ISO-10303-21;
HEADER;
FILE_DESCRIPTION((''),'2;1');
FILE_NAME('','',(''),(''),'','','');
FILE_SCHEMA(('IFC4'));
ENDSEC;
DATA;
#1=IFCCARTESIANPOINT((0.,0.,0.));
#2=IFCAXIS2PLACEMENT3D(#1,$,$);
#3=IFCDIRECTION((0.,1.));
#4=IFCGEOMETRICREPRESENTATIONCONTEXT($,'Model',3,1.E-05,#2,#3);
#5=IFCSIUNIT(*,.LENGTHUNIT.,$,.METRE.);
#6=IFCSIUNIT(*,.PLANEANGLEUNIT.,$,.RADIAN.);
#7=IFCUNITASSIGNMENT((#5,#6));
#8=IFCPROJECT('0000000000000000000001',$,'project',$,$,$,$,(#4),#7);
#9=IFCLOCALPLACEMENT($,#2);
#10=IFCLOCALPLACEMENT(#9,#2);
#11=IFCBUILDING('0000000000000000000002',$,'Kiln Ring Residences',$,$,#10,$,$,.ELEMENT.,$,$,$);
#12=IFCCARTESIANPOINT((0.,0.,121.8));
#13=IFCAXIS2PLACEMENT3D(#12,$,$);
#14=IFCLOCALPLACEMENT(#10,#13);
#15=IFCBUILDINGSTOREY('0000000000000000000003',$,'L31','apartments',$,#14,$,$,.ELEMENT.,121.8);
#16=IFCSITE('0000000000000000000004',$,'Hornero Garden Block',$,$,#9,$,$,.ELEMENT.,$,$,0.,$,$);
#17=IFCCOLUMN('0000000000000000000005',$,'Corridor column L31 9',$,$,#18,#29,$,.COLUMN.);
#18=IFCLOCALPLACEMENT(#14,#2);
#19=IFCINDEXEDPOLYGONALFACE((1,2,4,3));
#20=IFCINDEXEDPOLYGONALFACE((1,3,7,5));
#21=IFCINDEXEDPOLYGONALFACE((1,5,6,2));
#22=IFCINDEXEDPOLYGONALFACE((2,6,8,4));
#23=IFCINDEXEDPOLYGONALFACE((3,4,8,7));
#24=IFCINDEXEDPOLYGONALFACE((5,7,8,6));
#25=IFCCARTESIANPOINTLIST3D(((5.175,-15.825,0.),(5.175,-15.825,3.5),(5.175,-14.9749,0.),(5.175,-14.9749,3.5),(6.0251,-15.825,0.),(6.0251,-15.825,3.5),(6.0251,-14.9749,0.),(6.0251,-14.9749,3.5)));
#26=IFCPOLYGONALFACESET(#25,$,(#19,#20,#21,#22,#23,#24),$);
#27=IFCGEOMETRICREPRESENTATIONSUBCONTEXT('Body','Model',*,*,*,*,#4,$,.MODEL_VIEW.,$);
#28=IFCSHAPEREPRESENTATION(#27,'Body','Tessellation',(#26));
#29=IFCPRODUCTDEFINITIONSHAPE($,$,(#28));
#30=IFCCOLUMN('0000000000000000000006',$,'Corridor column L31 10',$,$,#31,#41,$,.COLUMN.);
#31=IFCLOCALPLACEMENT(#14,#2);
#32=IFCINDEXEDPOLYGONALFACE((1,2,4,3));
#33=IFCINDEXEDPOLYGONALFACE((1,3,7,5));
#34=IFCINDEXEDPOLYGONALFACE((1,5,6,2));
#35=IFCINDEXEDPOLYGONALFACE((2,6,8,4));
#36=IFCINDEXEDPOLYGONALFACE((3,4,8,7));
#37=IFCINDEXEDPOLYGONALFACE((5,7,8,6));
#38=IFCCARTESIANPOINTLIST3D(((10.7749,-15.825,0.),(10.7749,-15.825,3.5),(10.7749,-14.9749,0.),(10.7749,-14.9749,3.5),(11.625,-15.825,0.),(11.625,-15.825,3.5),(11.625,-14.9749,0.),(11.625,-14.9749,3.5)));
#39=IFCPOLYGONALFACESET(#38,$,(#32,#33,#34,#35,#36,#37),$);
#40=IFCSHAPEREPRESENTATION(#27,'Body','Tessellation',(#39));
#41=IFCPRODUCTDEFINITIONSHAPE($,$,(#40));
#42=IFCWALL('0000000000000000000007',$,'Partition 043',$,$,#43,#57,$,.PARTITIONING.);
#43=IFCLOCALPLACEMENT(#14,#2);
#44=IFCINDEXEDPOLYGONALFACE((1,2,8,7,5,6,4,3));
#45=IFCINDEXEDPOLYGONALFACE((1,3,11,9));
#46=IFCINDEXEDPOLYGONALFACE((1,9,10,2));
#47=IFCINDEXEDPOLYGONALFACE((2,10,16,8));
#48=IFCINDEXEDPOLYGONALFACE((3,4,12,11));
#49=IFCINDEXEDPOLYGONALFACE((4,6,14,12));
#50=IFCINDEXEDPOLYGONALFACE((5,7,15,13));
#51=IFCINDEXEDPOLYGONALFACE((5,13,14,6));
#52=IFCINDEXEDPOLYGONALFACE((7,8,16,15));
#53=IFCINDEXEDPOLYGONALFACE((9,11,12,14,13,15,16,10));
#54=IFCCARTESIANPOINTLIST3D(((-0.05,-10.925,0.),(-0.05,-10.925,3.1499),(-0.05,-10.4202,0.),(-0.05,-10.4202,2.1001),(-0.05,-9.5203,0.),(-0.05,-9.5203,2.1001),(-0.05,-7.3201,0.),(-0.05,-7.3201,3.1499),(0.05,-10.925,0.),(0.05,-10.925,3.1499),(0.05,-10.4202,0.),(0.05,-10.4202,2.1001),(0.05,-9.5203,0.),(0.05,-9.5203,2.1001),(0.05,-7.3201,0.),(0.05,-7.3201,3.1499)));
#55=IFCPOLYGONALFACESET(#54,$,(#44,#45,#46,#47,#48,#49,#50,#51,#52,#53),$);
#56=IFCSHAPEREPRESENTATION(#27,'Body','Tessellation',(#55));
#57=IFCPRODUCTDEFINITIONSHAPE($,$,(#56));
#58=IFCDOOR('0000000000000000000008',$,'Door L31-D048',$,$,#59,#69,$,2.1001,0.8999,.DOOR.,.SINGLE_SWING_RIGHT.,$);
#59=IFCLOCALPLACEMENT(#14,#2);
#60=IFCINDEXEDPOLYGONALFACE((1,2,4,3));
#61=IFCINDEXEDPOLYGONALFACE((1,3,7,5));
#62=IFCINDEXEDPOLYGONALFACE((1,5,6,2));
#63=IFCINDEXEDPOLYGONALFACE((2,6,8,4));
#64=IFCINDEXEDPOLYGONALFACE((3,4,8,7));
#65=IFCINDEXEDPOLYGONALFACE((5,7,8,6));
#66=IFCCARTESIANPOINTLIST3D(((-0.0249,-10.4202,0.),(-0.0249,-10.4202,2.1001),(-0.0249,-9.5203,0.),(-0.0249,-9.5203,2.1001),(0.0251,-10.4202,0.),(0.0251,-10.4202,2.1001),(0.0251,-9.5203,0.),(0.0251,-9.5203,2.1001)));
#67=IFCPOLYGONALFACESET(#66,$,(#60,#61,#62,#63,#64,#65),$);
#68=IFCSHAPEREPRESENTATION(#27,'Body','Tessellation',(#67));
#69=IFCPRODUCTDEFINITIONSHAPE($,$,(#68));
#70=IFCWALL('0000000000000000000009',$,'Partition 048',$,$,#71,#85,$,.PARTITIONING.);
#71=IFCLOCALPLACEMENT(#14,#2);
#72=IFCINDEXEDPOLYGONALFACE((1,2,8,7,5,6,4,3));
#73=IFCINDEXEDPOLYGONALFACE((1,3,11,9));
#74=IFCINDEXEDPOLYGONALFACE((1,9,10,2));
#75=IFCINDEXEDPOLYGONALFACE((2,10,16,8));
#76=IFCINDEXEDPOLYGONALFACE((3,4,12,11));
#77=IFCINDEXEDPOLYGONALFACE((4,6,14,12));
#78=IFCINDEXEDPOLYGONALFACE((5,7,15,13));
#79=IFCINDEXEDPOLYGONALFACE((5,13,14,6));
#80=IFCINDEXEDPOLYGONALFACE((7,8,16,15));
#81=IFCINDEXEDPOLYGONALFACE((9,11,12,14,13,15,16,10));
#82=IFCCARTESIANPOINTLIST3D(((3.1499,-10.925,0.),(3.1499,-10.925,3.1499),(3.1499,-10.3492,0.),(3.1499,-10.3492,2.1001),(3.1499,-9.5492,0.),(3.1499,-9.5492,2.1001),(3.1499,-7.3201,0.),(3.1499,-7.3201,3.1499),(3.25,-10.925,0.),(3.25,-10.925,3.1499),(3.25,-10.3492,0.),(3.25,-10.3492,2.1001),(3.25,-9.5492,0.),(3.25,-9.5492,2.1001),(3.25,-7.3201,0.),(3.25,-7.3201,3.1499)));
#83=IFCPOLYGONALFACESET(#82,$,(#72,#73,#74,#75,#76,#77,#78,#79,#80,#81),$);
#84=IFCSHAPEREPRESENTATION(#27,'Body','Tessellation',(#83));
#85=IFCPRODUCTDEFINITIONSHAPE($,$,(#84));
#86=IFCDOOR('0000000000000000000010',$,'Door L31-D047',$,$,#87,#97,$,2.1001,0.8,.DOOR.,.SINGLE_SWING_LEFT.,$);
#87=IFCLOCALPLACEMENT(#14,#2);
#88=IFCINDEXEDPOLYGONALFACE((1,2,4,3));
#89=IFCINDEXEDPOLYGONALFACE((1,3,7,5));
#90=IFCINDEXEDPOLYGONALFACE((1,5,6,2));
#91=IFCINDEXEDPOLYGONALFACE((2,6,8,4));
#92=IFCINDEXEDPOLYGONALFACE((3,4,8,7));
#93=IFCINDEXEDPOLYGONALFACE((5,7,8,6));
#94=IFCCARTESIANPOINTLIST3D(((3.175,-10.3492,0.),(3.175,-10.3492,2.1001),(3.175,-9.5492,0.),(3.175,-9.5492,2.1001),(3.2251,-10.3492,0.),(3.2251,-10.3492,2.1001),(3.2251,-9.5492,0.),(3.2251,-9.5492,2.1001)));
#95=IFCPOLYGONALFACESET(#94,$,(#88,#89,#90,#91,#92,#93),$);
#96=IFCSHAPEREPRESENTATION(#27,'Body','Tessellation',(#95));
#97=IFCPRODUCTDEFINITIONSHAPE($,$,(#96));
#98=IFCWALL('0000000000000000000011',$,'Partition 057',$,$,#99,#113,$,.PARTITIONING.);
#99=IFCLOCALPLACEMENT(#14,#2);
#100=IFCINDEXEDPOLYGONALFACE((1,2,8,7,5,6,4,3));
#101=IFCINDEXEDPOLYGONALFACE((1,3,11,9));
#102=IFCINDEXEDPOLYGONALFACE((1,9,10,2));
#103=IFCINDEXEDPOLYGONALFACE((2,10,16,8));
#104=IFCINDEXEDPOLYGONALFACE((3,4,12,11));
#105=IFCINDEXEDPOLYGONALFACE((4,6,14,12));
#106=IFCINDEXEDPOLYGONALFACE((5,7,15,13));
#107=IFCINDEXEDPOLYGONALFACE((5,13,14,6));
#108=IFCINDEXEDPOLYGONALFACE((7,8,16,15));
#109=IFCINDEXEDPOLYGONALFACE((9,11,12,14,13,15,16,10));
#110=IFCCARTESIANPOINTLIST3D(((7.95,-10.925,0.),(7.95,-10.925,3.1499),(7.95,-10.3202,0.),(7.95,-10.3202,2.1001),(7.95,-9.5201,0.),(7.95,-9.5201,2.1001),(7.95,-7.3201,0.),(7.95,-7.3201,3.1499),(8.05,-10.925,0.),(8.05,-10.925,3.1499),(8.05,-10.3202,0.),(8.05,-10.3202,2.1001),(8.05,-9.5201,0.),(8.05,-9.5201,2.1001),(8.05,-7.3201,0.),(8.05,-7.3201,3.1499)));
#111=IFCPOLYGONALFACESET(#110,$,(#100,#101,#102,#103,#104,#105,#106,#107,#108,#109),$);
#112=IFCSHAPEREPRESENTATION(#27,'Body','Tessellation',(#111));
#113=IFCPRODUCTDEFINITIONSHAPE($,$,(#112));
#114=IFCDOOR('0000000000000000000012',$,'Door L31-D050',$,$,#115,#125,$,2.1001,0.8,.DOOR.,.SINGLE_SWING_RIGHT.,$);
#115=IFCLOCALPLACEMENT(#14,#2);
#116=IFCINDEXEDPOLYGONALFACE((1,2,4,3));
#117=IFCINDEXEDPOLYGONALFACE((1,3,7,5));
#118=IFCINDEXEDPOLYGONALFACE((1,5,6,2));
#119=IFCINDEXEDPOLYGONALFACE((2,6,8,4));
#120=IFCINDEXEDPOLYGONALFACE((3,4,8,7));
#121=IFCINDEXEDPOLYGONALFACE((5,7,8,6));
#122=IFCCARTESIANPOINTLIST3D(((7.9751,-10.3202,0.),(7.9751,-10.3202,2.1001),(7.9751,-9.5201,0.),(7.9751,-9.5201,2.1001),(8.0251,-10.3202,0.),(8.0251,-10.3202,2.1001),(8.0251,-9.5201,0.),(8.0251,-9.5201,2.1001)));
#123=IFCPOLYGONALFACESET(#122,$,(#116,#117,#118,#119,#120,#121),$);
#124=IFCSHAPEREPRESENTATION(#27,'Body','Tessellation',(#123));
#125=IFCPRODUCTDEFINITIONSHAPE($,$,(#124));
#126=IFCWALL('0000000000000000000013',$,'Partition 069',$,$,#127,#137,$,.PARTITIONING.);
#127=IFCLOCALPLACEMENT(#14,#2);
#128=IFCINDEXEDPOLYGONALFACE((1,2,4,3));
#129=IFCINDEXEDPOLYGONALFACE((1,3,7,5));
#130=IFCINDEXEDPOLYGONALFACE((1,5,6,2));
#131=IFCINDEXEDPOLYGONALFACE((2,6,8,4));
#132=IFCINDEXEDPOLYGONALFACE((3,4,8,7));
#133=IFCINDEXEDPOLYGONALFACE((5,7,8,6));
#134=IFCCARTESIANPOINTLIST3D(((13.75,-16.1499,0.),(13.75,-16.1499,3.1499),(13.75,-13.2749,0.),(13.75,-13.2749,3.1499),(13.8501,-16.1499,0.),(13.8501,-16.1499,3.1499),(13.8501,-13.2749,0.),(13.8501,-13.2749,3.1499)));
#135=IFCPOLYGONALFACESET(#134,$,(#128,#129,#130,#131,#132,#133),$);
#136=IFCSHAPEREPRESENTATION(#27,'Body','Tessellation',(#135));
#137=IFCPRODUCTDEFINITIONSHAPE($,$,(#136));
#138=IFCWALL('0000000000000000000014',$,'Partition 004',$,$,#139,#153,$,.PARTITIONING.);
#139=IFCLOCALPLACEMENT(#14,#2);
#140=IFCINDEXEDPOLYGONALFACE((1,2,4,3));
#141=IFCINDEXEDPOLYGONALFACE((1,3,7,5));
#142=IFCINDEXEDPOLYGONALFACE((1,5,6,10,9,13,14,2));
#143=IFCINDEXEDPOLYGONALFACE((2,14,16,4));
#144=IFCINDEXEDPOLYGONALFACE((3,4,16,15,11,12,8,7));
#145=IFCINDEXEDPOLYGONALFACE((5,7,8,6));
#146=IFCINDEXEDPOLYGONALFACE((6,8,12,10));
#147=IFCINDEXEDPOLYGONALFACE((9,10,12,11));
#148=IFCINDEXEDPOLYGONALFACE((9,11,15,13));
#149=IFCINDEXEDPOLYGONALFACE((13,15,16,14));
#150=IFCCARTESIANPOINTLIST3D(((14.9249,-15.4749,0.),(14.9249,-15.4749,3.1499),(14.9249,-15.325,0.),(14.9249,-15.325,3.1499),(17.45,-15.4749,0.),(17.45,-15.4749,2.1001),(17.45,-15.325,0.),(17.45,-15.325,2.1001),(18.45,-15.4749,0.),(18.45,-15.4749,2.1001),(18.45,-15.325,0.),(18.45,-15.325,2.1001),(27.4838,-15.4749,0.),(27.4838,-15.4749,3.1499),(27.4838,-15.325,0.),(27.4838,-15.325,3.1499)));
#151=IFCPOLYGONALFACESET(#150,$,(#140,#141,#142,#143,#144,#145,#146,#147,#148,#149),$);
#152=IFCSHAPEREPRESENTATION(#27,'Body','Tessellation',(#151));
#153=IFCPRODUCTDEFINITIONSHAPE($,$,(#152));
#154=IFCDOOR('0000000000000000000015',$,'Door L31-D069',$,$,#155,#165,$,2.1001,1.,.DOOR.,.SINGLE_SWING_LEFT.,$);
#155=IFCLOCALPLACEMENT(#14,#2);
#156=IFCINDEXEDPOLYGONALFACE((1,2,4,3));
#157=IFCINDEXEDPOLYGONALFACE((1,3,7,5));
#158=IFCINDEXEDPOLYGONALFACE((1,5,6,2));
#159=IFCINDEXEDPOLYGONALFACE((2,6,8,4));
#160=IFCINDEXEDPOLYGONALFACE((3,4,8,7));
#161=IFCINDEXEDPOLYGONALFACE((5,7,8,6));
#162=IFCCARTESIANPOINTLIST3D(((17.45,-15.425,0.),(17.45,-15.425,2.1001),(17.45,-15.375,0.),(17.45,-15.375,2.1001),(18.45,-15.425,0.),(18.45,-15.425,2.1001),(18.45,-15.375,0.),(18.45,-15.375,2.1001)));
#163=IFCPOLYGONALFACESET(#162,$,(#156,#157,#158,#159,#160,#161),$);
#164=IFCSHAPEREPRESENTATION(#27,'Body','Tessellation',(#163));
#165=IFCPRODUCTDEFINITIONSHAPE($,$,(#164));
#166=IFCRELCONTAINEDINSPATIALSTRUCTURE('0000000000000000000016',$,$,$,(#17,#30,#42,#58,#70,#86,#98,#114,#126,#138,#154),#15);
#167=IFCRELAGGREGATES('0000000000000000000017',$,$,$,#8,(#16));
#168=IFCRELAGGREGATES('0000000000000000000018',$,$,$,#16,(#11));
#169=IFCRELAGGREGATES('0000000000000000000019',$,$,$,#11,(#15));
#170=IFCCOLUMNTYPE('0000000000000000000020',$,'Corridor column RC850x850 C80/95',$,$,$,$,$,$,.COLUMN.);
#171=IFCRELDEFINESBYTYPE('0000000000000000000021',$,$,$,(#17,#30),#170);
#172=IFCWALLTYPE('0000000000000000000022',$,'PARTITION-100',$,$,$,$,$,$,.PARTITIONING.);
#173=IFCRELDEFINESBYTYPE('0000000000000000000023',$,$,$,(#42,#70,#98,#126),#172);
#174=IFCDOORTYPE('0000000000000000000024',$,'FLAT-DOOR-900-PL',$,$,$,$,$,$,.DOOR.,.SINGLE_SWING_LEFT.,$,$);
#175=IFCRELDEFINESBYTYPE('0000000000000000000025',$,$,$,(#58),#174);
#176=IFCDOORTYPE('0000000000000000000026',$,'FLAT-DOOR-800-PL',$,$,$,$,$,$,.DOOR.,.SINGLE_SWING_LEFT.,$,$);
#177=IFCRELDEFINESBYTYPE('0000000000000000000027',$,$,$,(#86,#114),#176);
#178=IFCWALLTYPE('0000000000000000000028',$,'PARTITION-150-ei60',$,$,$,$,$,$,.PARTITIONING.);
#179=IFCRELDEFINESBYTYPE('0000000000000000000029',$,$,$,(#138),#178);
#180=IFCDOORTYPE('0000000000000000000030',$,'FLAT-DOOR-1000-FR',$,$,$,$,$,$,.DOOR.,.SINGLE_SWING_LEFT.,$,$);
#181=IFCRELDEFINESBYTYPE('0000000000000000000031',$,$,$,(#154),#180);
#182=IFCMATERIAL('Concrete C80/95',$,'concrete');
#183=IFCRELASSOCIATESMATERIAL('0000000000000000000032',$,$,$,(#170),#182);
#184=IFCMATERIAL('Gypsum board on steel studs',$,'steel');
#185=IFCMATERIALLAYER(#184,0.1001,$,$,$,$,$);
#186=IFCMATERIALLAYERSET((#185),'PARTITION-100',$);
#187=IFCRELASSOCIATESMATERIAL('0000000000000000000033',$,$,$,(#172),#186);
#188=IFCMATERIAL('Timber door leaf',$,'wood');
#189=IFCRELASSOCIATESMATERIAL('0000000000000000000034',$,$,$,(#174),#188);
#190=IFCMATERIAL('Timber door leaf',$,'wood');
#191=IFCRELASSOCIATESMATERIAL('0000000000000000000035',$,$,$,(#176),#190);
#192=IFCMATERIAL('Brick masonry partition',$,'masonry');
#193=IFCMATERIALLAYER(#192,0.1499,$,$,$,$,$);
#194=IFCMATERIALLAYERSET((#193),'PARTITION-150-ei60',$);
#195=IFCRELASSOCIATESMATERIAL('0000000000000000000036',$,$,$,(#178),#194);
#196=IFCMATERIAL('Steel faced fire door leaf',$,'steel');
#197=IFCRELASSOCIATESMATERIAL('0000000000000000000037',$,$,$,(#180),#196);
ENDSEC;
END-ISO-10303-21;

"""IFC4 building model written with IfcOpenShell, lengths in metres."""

from ifc_helpers import new_model, si_unit, direction, frame, frame_2d, origin, origin_2d, place, context, subcontext, project, spatial, rectangle, extrude, material, layer, layer_set, material_profile, profile_set, type_object, element, fill, save


model = new_model("IFC4")

# Units and contexts
model_context = context("Model", 3, precision=1e-05, world=origin(), true_north=direction((0.0, 1.0)))
body_context = subcontext(model_context, "Body", "Model", "MODEL_VIEW")
ifc_project = project(units=[si_unit("LENGTHUNIT", "METRE"), si_unit("PLANEANGLEUNIT", "RADIAN")], contexts=[model_context])

# Site, building, storey
site_placement = place(None, origin())
site = spatial("IfcSite", under=ifc_project, at=site_placement, Name="Hornero Garden Block", CompositionType="ELEMENT", RefElevation=0.0)
building_placement = place(site_placement, origin())
building = spatial("IfcBuilding", under=site, at=building_placement, Name="Kiln Ring Residences", CompositionType="ELEMENT")
storey_placement = place(building_placement, frame((0.0, 0.0, 121.8)))
storey = spatial("IfcBuildingStorey", under=building, at=storey_placement, Name="L31", Description="apartments", CompositionType="ELEMENT", Elevation=121.8)

# Columns
ifc_material_1 = material(Name="Concrete C80/95", Category="concrete")
ifc_material_profile = material_profile(ifc_material_1, rectangle(XDim=0.8501, YDim=0.8501, at=origin_2d()), Name="RC850x850")
ifc_profile_set = profile_set([ifc_material_profile], Name="Concrete C80/95")
column_type = type_object("IfcColumnType", Name="Corridor column RC850x850 C80/95", PredefinedType="COLUMN", material=ifc_profile_set)
for number, where, z_axis, x_axis, name in (
    (1, (5.6001, -15.3999, 0.0), (0.0, 0.0, 1.0), (1.0, 0.0, 0.0), "Corridor column L31 9"),
    (2, (11.2, -15.3999, 0.0), (0.0, 0.0, 1.0), (1.0, 0.0, 0.0), "Corridor column L31 10"),
):
    element("IfcColumn", number, at=place(storey_placement, frame(where, z_axis=z_axis, x_axis=x_axis)), inside=storey, type_object=column_type, Name=name, PredefinedType="COLUMN", context=body_context, shape_type="SweptSolid", body=[
        extrude(rectangle(XDim=0.8501, YDim=0.8501, at=origin_2d()), origin(), (0.0, 0.0, 1.0), 3.5),
    ])

# Walls, openings, doors
ifc_material_2 = material(Name="Gypsum board on steel studs", Category="steel")
ifc_layer_1 = layer(ifc_material_2, 0.1001)
ifc_layer_set_1 = layer_set([ifc_layer_1], Name="PARTITION-100")
wall_type_1 = type_object("IfcWallType", Name="PARTITION-100", PredefinedType="PARTITIONING", material=ifc_layer_set_1)
wall_1_placement = place(storey_placement, frame((0.0, -10.925, 0.0), z_axis=(0.0, 0.0, 1.0), x_axis=(0.0, 1.0, 0.0)))
wall_1 = element("IfcWall", 3, at=wall_1_placement, inside=storey, type_object=wall_type_1, Name="Partition 043", PredefinedType="PARTITIONING", context=body_context, shape_type="SweptSolid", body=[
    extrude(rectangle(XDim=3.605, YDim=0.1001, at=frame_2d((1.8025, 0.0))), origin(), (0.0, 0.0, 1.0), 3.1499),
])
opening_1_placement = place(wall_1_placement, frame((0.5049, 0.0, 0.0)))
opening_1 = element("IfcOpeningElement", 4, at=opening_1_placement, cuts=wall_1, PredefinedType="OPENING", context=body_context, shape_type="SweptSolid", body=[
    extrude(rectangle(XDim=0.8999, YDim=2.1001, at=frame_2d((0.45, 1.05))), frame((0.0, 0.0601, 0.0), z_axis=(0.0, -1.0, 0.0), x_axis=(1.0, 0.0, 0.0)), (0.0, 0.0, 1.0), 0.1201),
])
ifc_material_3 = material(Name="Timber door leaf", Category="wood")
door_type_1 = type_object("IfcDoorType", Name="FLAT-DOOR-900-PL", OperationType="SINGLE_SWING_LEFT", PredefinedType="DOOR", material=ifc_material_3)
door_1_placement = place(opening_1_placement, origin())
door_1 = element("IfcDoor", 5, at=door_1_placement, inside=storey, type_object=door_type_1, Name="Door L31-D048", OperationType="SINGLE_SWING_RIGHT", OverallHeight=2.1001, OverallWidth=0.8999, PredefinedType="DOOR", context=body_context, shape_type="SweptSolid", body=[
    extrude(rectangle(XDim=0.8999, YDim=2.1001, at=frame_2d((0.45, 1.05))), frame((0.0, 0.0249, 0.0), z_axis=(0.0, -1.0, 0.0), x_axis=(1.0, 0.0, 0.0)), (0.0, 0.0, 1.0), 0.05),
])
fill(opening_1, door_1)
wall_2_placement = place(storey_placement, frame((3.2, -10.925, 0.0), z_axis=(0.0, 0.0, 1.0), x_axis=(0.0, 1.0, 0.0)))
wall_2 = element("IfcWall", 6, at=wall_2_placement, inside=storey, type_object=wall_type_1, Name="Partition 048", PredefinedType="PARTITIONING", context=body_context, shape_type="SweptSolid", body=[
    extrude(rectangle(XDim=3.605, YDim=0.1001, at=frame_2d((1.8025, 0.0))), origin(), (0.0, 0.0, 1.0), 3.1499),
])
opening_2_placement = place(wall_2_placement, frame((0.5759, 0.0, 0.0)))
opening_2 = element("IfcOpeningElement", 7, at=opening_2_placement, cuts=wall_2, PredefinedType="OPENING", context=body_context, shape_type="SweptSolid", body=[
    extrude(rectangle(XDim=0.8, YDim=2.1001, at=frame_2d((0.3999, 1.05))), frame((0.0, 0.0601, 0.0), z_axis=(0.0, -1.0, 0.0), x_axis=(1.0, 0.0, 0.0)), (0.0, 0.0, 1.0), 0.1201),
])
ifc_material_4 = material(Name="Timber door leaf", Category="wood")
door_type_2 = type_object("IfcDoorType", Name="FLAT-DOOR-800-PL", OperationType="SINGLE_SWING_LEFT", PredefinedType="DOOR", material=ifc_material_4)
door_2_placement = place(opening_2_placement, origin())
door_2 = element("IfcDoor", 8, at=door_2_placement, inside=storey, type_object=door_type_2, Name="Door L31-D047", OperationType="SINGLE_SWING_LEFT", OverallHeight=2.1001, OverallWidth=0.8, PredefinedType="DOOR", context=body_context, shape_type="SweptSolid", body=[
    extrude(rectangle(XDim=0.8, YDim=2.1001, at=frame_2d((0.3999, 1.05))), frame((0.0, 0.0249, 0.0), z_axis=(0.0, -1.0, 0.0), x_axis=(1.0, 0.0, 0.0)), (0.0, 0.0, 1.0), 0.05),
])
fill(opening_2, door_2)
wall_3_placement = place(storey_placement, frame((8.0, -10.925, 0.0), z_axis=(0.0, 0.0, 1.0), x_axis=(0.0, 1.0, 0.0)))
wall_3 = element("IfcWall", 9, at=wall_3_placement, inside=storey, type_object=wall_type_1, Name="Partition 057", PredefinedType="PARTITIONING", context=body_context, shape_type="SweptSolid", body=[
    extrude(rectangle(XDim=3.605, YDim=0.1001, at=frame_2d((1.8025, 0.0))), origin(), (0.0, 0.0, 1.0), 3.1499),
])
opening_3_placement = place(wall_3_placement, frame((0.605, 0.0, 0.0)))
opening_3 = element("IfcOpeningElement", 10, at=opening_3_placement, cuts=wall_3, PredefinedType="OPENING", context=body_context, shape_type="SweptSolid", body=[
    extrude(rectangle(XDim=0.8, YDim=2.1001, at=frame_2d((0.3999, 1.05))), frame((0.0, 0.0601, 0.0), z_axis=(0.0, -1.0, 0.0), x_axis=(1.0, 0.0, 0.0)), (0.0, 0.0, 1.0), 0.1201),
])
door_3_placement = place(opening_3_placement, origin())
door_3 = element("IfcDoor", 11, at=door_3_placement, inside=storey, type_object=door_type_2, Name="Door L31-D050", OperationType="SINGLE_SWING_RIGHT", OverallHeight=2.1001, OverallWidth=0.8, PredefinedType="DOOR", context=body_context, shape_type="SweptSolid", body=[
    extrude(rectangle(XDim=0.8, YDim=2.1001, at=frame_2d((0.3999, 1.05))), frame((0.0, 0.0249, 0.0), z_axis=(0.0, -1.0, 0.0), x_axis=(1.0, 0.0, 0.0)), (0.0, 0.0, 1.0), 0.05),
])
fill(opening_3, door_3)

# Wall
wall_4_placement = place(storey_placement, frame((13.8, -16.1499, 0.0), z_axis=(0.0, 0.0, 1.0), x_axis=(0.0, 1.0, 0.0)))
element("IfcWall", 12, at=wall_4_placement, inside=storey, type_object=wall_type_1, Name="Partition 069", PredefinedType="PARTITIONING", context=body_context, shape_type="SweptSolid", body=[
    extrude(rectangle(XDim=2.875, YDim=0.1001, at=frame_2d((1.4375, 0.0))), origin(), (0.0, 0.0, 1.0), 3.1499),
])

# Wall, opening, door
ifc_material_5 = material(Name="Brick masonry partition", Category="masonry")
ifc_layer_2 = layer(ifc_material_5, 0.1499)
ifc_layer_set_2 = layer_set([ifc_layer_2], Name="PARTITION-150-ei60")
wall_type_2 = type_object("IfcWallType", Name="PARTITION-150-ei60", PredefinedType="PARTITIONING", material=ifc_layer_set_2)
wall_5_placement = place(storey_placement, frame((14.925, -15.3999, 0.0), z_axis=(0.0, 0.0, 1.0), x_axis=(1.0, 0.0, 0.0)))
wall_5 = element("IfcWall", 13, at=wall_5_placement, inside=storey, type_object=wall_type_2, Name="Partition 004", PredefinedType="PARTITIONING", context=body_context, shape_type="SweptSolid", body=[
    extrude(rectangle(XDim=12.5588, YDim=0.1499, at=frame_2d((6.2793, 0.0))), origin(), (0.0, 0.0, 1.0), 3.1499),
])
opening_4_placement = place(wall_5_placement, frame((2.5249, 0.0, 0.0)))
opening_4 = element("IfcOpeningElement", 14, at=opening_4_placement, cuts=wall_5, PredefinedType="OPENING", context=body_context, shape_type="SweptSolid", body=[
    extrude(rectangle(XDim=1.0, YDim=2.1001, at=frame_2d((0.5, 1.05))), frame((0.0, 0.085, 0.0), z_axis=(0.0, -1.0, 0.0), x_axis=(1.0, 0.0, 0.0)), (0.0, 0.0, 1.0), 0.1699),
])
ifc_material_6 = material(Name="Steel faced fire door leaf", Category="steel")
door_type_3 = type_object("IfcDoorType", Name="FLAT-DOOR-1000-FR", OperationType="SINGLE_SWING_LEFT", PredefinedType="DOOR", material=ifc_material_6)
door_4_placement = place(opening_4_placement, origin())
door_4 = element("IfcDoor", 15, at=door_4_placement, inside=storey, type_object=door_type_3, Name="Door L31-D069", OperationType="SINGLE_SWING_LEFT", OverallHeight=2.1001, OverallWidth=1.0, PredefinedType="DOOR", context=body_context, shape_type="SweptSolid", body=[
    extrude(rectangle(XDim=1.0, YDim=2.1001, at=frame_2d((0.5, 1.05))), frame((0.0, 0.0249, 0.0), z_axis=(0.0, -1.0, 0.0), x_axis=(1.0, 0.0, 0.0)), (0.0, 0.0, 1.0), 0.05),
])
fill(opening_4, door_4)

save(model, "model.ifc")
